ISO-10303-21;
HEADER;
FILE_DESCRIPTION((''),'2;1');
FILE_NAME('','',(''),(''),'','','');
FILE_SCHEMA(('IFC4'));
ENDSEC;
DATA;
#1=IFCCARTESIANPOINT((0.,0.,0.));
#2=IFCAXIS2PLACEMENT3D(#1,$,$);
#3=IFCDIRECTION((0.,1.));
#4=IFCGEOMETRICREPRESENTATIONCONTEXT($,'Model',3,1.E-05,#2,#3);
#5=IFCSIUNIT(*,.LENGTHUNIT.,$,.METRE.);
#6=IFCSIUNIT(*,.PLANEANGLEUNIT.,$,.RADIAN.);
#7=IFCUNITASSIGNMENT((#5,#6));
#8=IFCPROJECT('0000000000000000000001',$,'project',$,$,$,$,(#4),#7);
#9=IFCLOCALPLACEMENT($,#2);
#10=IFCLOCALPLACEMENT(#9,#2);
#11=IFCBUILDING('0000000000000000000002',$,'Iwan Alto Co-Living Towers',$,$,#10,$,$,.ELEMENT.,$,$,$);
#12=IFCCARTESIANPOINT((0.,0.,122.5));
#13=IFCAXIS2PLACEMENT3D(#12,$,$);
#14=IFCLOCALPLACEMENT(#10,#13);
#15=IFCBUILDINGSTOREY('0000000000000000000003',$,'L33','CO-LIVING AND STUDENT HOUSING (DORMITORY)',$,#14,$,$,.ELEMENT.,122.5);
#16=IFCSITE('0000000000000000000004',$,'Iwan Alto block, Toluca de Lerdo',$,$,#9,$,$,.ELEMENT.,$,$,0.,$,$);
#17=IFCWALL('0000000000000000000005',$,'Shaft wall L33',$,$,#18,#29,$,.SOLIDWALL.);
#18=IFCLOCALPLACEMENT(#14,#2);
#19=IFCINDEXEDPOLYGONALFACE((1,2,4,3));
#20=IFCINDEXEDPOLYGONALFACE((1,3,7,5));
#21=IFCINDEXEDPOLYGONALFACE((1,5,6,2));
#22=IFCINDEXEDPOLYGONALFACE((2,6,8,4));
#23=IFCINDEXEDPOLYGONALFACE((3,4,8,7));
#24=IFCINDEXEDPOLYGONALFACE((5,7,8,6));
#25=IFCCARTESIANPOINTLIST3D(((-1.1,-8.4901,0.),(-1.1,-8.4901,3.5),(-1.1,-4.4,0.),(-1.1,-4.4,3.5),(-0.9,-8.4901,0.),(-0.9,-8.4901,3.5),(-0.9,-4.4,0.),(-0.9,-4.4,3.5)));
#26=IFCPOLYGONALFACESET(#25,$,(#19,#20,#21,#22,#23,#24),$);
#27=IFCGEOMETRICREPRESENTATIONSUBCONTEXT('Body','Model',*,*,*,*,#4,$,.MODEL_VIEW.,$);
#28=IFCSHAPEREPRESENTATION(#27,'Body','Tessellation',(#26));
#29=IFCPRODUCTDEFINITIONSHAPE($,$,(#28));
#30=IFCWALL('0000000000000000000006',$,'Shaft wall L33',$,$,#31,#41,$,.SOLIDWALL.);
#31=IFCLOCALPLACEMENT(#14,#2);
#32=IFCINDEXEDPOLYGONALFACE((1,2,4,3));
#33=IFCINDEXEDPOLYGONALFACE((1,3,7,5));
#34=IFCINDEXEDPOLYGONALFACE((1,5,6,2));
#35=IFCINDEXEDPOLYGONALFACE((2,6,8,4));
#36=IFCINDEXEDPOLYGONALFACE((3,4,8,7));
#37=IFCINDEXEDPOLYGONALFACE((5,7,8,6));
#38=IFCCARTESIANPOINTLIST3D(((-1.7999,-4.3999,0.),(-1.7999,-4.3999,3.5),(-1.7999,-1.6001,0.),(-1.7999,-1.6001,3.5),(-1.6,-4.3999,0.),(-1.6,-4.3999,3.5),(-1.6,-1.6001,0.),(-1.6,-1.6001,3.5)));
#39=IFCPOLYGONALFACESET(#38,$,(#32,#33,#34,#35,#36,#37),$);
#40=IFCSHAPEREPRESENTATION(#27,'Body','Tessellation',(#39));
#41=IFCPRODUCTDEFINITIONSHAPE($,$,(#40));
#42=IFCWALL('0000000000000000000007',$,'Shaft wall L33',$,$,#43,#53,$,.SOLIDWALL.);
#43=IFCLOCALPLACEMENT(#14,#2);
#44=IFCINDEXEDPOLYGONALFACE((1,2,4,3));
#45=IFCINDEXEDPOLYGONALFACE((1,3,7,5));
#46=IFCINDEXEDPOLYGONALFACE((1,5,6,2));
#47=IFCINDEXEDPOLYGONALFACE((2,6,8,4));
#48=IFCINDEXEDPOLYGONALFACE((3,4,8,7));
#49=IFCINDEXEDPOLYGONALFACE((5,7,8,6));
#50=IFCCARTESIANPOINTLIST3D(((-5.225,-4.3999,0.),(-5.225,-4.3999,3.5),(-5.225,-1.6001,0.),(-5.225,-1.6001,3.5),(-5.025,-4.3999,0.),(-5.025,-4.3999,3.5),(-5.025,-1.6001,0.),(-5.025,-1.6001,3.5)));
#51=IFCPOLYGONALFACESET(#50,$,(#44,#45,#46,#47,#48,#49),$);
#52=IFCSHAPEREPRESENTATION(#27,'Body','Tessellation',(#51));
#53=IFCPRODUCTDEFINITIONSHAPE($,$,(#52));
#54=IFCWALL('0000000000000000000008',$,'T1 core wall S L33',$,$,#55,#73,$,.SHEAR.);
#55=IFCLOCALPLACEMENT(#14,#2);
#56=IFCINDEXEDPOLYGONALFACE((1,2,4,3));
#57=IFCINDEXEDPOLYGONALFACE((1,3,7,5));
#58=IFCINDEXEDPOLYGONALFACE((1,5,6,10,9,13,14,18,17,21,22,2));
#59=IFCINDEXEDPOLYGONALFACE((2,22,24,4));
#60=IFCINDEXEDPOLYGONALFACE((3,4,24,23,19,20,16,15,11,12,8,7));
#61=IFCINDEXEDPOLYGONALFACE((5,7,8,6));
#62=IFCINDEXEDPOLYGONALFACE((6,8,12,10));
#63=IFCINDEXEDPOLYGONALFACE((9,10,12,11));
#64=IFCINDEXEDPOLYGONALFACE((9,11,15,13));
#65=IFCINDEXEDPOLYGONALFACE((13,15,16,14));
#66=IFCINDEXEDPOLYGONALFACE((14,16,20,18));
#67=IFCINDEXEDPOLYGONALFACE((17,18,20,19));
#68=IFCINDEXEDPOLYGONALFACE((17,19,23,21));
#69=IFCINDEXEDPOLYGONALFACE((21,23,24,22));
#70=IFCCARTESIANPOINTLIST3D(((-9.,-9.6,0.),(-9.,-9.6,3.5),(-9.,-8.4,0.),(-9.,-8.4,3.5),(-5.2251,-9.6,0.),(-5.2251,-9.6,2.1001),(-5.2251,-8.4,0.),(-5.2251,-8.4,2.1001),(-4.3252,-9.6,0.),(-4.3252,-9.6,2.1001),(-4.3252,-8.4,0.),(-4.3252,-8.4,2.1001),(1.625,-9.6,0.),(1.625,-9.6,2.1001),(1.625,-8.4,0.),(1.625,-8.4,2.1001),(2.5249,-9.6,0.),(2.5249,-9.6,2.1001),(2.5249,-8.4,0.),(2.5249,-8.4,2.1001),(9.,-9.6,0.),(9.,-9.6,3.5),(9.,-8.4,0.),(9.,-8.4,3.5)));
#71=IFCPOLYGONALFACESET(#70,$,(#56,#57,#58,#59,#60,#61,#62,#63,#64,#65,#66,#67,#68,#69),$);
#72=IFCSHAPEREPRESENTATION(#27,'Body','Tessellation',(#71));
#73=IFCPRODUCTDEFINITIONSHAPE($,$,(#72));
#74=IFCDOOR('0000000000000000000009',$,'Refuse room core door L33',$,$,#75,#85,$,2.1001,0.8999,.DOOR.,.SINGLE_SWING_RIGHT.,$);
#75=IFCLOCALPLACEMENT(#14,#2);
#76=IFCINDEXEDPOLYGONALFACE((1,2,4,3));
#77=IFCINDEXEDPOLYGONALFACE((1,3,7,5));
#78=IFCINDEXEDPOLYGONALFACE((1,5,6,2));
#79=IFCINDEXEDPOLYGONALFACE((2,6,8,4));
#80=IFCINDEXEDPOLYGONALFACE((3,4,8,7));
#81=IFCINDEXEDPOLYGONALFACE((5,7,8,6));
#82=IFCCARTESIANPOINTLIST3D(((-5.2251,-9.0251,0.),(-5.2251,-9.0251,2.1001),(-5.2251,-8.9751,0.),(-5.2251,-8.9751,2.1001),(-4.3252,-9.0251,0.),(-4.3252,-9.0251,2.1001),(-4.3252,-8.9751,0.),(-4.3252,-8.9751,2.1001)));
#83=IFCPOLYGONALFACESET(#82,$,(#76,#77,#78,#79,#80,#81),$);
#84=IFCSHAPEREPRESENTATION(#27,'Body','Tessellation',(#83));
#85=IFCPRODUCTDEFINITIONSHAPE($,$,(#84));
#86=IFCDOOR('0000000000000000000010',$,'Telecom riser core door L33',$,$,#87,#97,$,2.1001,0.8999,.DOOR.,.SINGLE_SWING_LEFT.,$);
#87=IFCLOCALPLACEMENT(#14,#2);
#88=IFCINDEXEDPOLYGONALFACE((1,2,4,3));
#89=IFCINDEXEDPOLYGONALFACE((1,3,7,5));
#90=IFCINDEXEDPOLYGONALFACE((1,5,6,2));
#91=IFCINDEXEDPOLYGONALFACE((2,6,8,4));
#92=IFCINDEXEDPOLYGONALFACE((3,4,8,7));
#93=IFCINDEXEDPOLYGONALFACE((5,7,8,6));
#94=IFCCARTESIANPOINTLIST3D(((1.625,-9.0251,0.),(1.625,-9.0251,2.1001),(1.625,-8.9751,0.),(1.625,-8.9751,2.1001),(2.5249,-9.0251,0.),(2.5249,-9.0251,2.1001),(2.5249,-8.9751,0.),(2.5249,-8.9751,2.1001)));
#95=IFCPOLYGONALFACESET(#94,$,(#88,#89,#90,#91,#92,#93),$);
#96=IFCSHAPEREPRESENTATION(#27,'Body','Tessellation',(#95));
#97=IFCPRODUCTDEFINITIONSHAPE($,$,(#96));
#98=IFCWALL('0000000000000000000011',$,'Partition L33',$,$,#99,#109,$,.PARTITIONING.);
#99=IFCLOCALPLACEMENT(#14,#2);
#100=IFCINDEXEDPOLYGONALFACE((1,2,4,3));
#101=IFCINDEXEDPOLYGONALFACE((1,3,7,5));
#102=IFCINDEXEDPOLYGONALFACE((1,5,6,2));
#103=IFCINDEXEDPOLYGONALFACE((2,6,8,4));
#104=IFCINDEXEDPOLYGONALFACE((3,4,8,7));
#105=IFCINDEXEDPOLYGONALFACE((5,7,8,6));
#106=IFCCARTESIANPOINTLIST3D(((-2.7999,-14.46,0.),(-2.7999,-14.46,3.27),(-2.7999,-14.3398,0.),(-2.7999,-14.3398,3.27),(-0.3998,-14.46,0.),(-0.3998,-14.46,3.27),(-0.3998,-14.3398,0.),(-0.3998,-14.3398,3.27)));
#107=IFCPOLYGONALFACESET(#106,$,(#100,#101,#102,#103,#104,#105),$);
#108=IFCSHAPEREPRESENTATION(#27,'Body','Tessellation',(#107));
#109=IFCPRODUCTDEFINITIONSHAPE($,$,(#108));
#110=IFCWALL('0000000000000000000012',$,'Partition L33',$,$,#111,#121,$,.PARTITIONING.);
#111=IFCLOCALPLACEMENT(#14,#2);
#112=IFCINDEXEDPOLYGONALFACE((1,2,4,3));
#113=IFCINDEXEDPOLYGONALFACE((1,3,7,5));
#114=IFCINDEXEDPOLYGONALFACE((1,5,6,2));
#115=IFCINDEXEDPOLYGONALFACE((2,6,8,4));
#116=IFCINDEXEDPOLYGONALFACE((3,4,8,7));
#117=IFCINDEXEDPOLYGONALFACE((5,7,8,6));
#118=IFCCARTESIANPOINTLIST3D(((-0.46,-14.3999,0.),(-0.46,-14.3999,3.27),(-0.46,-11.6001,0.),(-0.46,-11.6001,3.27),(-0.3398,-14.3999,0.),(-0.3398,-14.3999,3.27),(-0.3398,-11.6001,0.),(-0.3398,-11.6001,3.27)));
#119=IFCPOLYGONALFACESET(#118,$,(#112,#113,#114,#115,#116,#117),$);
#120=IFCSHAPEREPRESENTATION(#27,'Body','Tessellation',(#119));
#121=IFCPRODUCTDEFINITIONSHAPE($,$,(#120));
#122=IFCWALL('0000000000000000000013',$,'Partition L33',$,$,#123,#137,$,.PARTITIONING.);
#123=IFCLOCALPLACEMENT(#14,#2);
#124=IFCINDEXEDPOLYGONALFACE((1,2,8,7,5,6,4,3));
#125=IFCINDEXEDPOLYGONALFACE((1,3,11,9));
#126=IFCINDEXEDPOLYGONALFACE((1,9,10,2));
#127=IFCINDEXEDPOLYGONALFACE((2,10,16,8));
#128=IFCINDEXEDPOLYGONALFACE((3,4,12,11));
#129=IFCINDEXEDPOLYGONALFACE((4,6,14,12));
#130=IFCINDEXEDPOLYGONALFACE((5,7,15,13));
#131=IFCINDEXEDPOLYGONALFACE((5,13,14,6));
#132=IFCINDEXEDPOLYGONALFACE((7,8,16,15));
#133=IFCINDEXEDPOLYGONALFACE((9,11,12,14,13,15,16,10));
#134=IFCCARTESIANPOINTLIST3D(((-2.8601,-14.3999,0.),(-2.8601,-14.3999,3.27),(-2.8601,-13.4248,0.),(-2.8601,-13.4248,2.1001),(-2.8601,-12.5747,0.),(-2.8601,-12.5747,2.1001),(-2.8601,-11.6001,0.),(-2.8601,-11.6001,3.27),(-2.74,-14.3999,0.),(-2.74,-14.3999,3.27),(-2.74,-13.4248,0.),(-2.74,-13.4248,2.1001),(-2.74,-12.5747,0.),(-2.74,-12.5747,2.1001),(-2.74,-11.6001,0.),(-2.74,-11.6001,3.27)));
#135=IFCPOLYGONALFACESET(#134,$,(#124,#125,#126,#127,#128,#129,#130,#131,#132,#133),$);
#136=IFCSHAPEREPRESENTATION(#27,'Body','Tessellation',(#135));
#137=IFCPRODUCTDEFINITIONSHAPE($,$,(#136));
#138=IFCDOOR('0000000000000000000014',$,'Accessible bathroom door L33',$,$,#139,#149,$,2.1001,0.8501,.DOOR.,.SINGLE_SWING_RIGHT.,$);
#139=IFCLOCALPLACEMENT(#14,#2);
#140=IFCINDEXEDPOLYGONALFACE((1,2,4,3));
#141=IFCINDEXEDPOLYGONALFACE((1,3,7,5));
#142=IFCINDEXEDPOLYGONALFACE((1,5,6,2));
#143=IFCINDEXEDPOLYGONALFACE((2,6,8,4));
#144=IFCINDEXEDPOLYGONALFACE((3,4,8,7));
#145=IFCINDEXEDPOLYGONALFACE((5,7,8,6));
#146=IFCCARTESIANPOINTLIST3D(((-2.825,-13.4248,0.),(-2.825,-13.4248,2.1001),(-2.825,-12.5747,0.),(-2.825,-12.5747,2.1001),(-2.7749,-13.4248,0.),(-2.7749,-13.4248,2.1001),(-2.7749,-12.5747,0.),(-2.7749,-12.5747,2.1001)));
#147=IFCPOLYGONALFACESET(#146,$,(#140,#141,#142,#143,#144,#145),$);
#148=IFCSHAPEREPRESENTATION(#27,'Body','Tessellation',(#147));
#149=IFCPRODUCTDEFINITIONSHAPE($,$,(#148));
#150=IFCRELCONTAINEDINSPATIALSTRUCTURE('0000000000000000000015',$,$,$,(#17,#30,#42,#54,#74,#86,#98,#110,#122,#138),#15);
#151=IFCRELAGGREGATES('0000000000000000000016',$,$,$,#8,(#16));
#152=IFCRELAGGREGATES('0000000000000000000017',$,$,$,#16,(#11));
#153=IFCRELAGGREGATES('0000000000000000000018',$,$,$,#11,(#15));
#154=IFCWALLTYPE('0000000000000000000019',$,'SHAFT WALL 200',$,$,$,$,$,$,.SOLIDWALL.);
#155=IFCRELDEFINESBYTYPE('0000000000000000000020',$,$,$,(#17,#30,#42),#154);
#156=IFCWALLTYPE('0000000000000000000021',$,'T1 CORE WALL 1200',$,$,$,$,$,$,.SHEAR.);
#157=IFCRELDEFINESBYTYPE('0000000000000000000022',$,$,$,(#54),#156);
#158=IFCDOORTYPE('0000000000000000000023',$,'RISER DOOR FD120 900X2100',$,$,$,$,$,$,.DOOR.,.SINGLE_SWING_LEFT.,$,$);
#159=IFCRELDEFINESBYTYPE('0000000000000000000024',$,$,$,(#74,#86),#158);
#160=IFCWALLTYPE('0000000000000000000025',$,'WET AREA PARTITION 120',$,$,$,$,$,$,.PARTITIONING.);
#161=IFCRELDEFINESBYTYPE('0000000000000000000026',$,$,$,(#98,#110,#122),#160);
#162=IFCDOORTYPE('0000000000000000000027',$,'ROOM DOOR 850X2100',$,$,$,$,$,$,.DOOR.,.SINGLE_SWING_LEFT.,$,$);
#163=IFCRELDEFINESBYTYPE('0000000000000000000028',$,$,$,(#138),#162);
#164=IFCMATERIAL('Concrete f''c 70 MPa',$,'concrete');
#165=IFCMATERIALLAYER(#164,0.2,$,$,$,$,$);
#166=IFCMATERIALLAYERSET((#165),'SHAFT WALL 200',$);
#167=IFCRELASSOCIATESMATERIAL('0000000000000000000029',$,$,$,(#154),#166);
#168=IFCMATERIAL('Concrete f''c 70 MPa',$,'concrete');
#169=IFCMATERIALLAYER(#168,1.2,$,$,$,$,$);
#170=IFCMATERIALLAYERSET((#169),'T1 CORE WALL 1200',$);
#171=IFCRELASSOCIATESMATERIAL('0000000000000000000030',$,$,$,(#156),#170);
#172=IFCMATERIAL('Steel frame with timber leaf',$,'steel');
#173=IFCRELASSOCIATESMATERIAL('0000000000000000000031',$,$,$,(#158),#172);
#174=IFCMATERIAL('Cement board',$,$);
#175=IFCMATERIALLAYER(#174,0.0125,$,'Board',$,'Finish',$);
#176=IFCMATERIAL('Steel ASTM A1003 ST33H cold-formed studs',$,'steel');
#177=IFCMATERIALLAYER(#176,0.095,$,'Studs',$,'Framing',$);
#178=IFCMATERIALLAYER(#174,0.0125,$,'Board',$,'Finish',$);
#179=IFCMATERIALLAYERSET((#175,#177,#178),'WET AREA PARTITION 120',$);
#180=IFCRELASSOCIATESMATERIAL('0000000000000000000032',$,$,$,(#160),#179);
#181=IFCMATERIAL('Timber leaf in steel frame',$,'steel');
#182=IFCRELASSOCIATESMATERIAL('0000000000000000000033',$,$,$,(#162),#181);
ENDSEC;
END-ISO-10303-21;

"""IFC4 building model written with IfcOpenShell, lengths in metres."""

from ifc_helpers import new_model, si_unit, direction, frame, frame_2d, origin, place, context, subcontext, project, spatial, rectangle, extrude, material, layer, layer_set, type_object, element, fill, save


model = new_model("IFC4")

# Units and contexts
model_context = context("Model", 3, precision=1e-05, world=origin(), true_north=direction((0.0, 1.0)))
body_context = subcontext(model_context, "Body", "Model", "MODEL_VIEW")
ifc_project = project(units=[si_unit("LENGTHUNIT", "METRE"), si_unit("PLANEANGLEUNIT", "RADIAN")], contexts=[model_context])

# Site, building, storey
site_placement = place(None, origin())
site = spatial("IfcSite", under=ifc_project, at=site_placement, Name="Iwan Alto block, Toluca de Lerdo", CompositionType="ELEMENT", RefElevation=0.0)
building_placement = place(site_placement, origin())
building = spatial("IfcBuilding", under=site, at=building_placement, Name="Iwan Alto Co-Living Towers", CompositionType="ELEMENT")
storey_placement = place(building_placement, frame((0.0, 0.0, 122.5)))
storey = spatial("IfcBuildingStorey", under=building, at=storey_placement, Name="L33", Description="CO-LIVING AND STUDENT HOUSING (DORMITORY)", CompositionType="ELEMENT", Elevation=122.5)

# Shared definitions
ifc_material_1 = material(Name="Steel ASTM A1003 ST33H cold-formed studs", Category="steel")

# Shared definitions
ifc_material_2 = material(Name="Concrete f'c 70 MPa", Category="concrete")
ifc_layer_1 = layer(ifc_material_2, 0.2)
ifc_layer_set_1 = layer_set([ifc_layer_1], Name="SHAFT WALL 200")
wall_type_1 = type_object("IfcWallType", Name="SHAFT WALL 200", PredefinedType="SOLIDWALL", material=ifc_layer_set_1)

# Walls
wall_1_placement = place(storey_placement, frame((-1.0, -8.49, 0.0), z_axis=(0.0, 0.0, 1.0), x_axis=(0.0, 1.0, 0.0)))
element("IfcWall", 1, at=wall_1_placement, inside=storey, type_object=wall_type_1, Name="Shaft wall L33", PredefinedType="SOLIDWALL", context=body_context, shape_type="SweptSolid", body=[
    extrude(rectangle(XDim=4.0901, YDim=0.2, at=frame_2d((2.0449, 0.0))), origin(), (0.0, 0.0, 1.0), 3.5),
])
for number, where, z_axis, x_axis, name in (
    (2, (-1.7, -4.3999, 0.0), (0.0, 0.0, 1.0), (0.0, 1.0, 0.0), "Shaft wall L33"),
    (3, (-5.125, -4.3999, 0.0), (0.0, 0.0, 1.0), (0.0, 1.0, 0.0), "Shaft wall L33"),
):
    element("IfcWall", number, at=place(storey_placement, frame(where, z_axis=z_axis, x_axis=x_axis)), inside=storey, type_object=wall_type_1, Name=name, PredefinedType="SOLIDWALL", context=body_context, shape_type="SweptSolid", body=[
        extrude(rectangle(XDim=2.7998, YDim=0.2, at=frame_2d((1.3999, 0.0))), origin(), (0.0, 0.0, 1.0), 3.5),
    ])

# Wall, openings, doors
ifc_material_3 = material(Name="Concrete f'c 70 MPa", Category="concrete")
ifc_layer_2 = layer(ifc_material_3, 1.2)
ifc_layer_set_2 = layer_set([ifc_layer_2], Name="T1 CORE WALL 1200")
wall_type_2 = type_object("IfcWallType", Name="T1 CORE WALL 1200", PredefinedType="SHEAR", material=ifc_layer_set_2)
wall_2_placement = place(storey_placement, frame((-9.0, -9.0, 0.0), z_axis=(0.0, 0.0, 1.0), x_axis=(1.0, 0.0, 0.0)))
wall_2 = element("IfcWall", 4, at=wall_2_placement, inside=storey, type_object=wall_type_2, Name="T1 core wall S L33", PredefinedType="SHEAR", context=body_context, shape_type="SweptSolid", body=[
    extrude(rectangle(XDim=18.0, YDim=1.2, at=frame_2d((9.0, 0.0))), origin(), (0.0, 0.0, 1.0), 3.5),
])
opening_1_placement = place(wall_2_placement, frame((3.7749, 0.0, 0.0)))
opening_1 = element("IfcOpeningElement", 5, at=opening_1_placement, cuts=wall_2, PredefinedType="OPENING", context=body_context, shape_type="SweptSolid", body=[
    extrude(rectangle(XDim=0.8999, YDim=2.1001, at=frame_2d((0.45, 1.05))), frame((0.0, 0.6099, 0.0), z_axis=(0.0, -1.0, 0.0), x_axis=(1.0, 0.0, 0.0)), (0.0, 0.0, 1.0), 1.22),
])
opening_2_placement = place(wall_2_placement, frame((10.625, 0.0, 0.0)))
opening_2 = element("IfcOpeningElement", 6, at=opening_2_placement, cuts=wall_2, PredefinedType="OPENING", context=body_context, shape_type="SweptSolid", body=[
    extrude(rectangle(XDim=0.8999, YDim=2.1001, at=frame_2d((0.45, 1.05))), frame((0.0, 0.6099, 0.0), z_axis=(0.0, -1.0, 0.0), x_axis=(1.0, 0.0, 0.0)), (0.0, 0.0, 1.0), 1.22),
])
ifc_material_4 = material(Name="Steel frame with timber leaf", Category="steel")
door_type_1 = type_object("IfcDoorType", Name="RISER DOOR FD120 900X2100", OperationType="SINGLE_SWING_LEFT", PredefinedType="DOOR", material=ifc_material_4)
door_1_placement = place(opening_1_placement, origin())
door_1 = element("IfcDoor", 7, at=door_1_placement, inside=storey, type_object=door_type_1, Name="Refuse room core door L33", OperationType="SINGLE_SWING_RIGHT", OverallHeight=2.1001, OverallWidth=0.8999, PredefinedType="DOOR", context=body_context, shape_type="SweptSolid", body=[
    extrude(rectangle(XDim=0.8999, YDim=2.1001, at=frame_2d((0.45, 1.05))), frame((0.0, 0.0249, 0.0), z_axis=(0.0, -1.0, 0.0), x_axis=(1.0, 0.0, 0.0)), (0.0, 0.0, 1.0), 0.05),
])
fill(opening_1, door_1)
door_2_placement = place(opening_2_placement, origin())
door_2 = element("IfcDoor", 8, at=door_2_placement, inside=storey, type_object=door_type_1, Name="Telecom riser core door L33", OperationType="SINGLE_SWING_LEFT", OverallHeight=2.1001, OverallWidth=0.8999, PredefinedType="DOOR", context=body_context, shape_type="SweptSolid", body=[
    extrude(rectangle(XDim=0.8999, YDim=2.1001, at=frame_2d((0.45, 1.05))), frame((0.0, 0.0249, 0.0), z_axis=(0.0, -1.0, 0.0), x_axis=(1.0, 0.0, 0.0)), (0.0, 0.0, 1.0), 0.05),
])
fill(opening_2, door_2)

# Walls
ifc_material_5 = material(Name="Cement board")
ifc_layer_3 = layer(ifc_material_5, 0.0125, Name="Board", Category="Finish")
ifc_layer_4 = layer(ifc_material_1, 0.095, Name="Studs", Category="Framing")
ifc_layer_5 = layer(ifc_material_5, 0.0125, Name="Board", Category="Finish")
ifc_layer_set_3 = layer_set([ifc_layer_3, ifc_layer_4, ifc_layer_5], Name="WET AREA PARTITION 120")
wall_type_3 = type_object("IfcWallType", Name="WET AREA PARTITION 120", PredefinedType="PARTITIONING", material=ifc_layer_set_3)
wall_3_placement = place(storey_placement, frame((-2.8, -14.3999, 0.0), z_axis=(0.0, 0.0, 1.0), x_axis=(1.0, 0.0, 0.0)))
element("IfcWall", 9, at=wall_3_placement, inside=storey, type_object=wall_type_3, Name="Partition L33", PredefinedType="PARTITIONING", context=body_context, shape_type="SweptSolid", body=[
    extrude(rectangle(XDim=2.4001, YDim=0.1201, at=frame_2d((1.2002, 0.0))), origin(), (0.0, 0.0, 1.0), 3.27),
])
wall_4_placement = place(storey_placement, frame((-0.3999, -14.3999, 0.0), z_axis=(0.0, 0.0, 1.0), x_axis=(0.0, 1.0, 0.0)))
element("IfcWall", 10, at=wall_4_placement, inside=storey, type_object=wall_type_3, Name="Partition L33", PredefinedType="PARTITIONING", context=body_context, shape_type="SweptSolid", body=[
    extrude(rectangle(XDim=2.7998, YDim=0.1201, at=frame_2d((1.3999, 0.0))), origin(), (0.0, 0.0, 1.0), 3.27),
])

# Wall, opening, door
wall_5_placement = place(storey_placement, frame((-2.8, -14.3999, 0.0), z_axis=(0.0, 0.0, 1.0), x_axis=(0.0, 1.0, 0.0)))
wall_5 = element("IfcWall", 11, at=wall_5_placement, inside=storey, type_object=wall_type_3, Name="Partition L33", PredefinedType="PARTITIONING", context=body_context, shape_type="SweptSolid", body=[
    extrude(rectangle(XDim=2.7998, YDim=0.1201, at=frame_2d((1.3999, 0.0))), origin(), (0.0, 0.0, 1.0), 3.27),
])
opening_3_placement = place(wall_5_placement, frame((0.9751, 0.0, 0.0)))
opening_3 = element("IfcOpeningElement", 12, at=opening_3_placement, cuts=wall_5, PredefinedType="OPENING", context=body_context, shape_type="SweptSolid", body=[
    extrude(rectangle(XDim=0.8501, YDim=2.1001, at=frame_2d((0.425, 1.05))), frame((0.0, 0.0701, 0.0), z_axis=(0.0, -1.0, 0.0), x_axis=(1.0, 0.0, 0.0)), (0.0, 0.0, 1.0), 0.1401),
])
ifc_material_6 = material(Name="Timber leaf in steel frame", Category="steel")
door_type_2 = type_object("IfcDoorType", Name="ROOM DOOR 850X2100", OperationType="SINGLE_SWING_LEFT", PredefinedType="DOOR", material=ifc_material_6)
door_3_placement = place(opening_3_placement, origin())
door_3 = element("IfcDoor", 13, at=door_3_placement, inside=storey, type_object=door_type_2, Name="Accessible bathroom door L33", OperationType="SINGLE_SWING_RIGHT", OverallHeight=2.1001, OverallWidth=0.8501, PredefinedType="DOOR", context=body_context, shape_type="SweptSolid", body=[
    extrude(rectangle(XDim=0.8501, YDim=2.1001, at=frame_2d((0.425, 1.05))), frame((0.0, 0.0249, 0.0), z_axis=(0.0, -1.0, 0.0), x_axis=(1.0, 0.0, 0.0)), (0.0, 0.0, 1.0), 0.05),
])
fill(opening_3, door_3)

save(model, "model.ifc")
